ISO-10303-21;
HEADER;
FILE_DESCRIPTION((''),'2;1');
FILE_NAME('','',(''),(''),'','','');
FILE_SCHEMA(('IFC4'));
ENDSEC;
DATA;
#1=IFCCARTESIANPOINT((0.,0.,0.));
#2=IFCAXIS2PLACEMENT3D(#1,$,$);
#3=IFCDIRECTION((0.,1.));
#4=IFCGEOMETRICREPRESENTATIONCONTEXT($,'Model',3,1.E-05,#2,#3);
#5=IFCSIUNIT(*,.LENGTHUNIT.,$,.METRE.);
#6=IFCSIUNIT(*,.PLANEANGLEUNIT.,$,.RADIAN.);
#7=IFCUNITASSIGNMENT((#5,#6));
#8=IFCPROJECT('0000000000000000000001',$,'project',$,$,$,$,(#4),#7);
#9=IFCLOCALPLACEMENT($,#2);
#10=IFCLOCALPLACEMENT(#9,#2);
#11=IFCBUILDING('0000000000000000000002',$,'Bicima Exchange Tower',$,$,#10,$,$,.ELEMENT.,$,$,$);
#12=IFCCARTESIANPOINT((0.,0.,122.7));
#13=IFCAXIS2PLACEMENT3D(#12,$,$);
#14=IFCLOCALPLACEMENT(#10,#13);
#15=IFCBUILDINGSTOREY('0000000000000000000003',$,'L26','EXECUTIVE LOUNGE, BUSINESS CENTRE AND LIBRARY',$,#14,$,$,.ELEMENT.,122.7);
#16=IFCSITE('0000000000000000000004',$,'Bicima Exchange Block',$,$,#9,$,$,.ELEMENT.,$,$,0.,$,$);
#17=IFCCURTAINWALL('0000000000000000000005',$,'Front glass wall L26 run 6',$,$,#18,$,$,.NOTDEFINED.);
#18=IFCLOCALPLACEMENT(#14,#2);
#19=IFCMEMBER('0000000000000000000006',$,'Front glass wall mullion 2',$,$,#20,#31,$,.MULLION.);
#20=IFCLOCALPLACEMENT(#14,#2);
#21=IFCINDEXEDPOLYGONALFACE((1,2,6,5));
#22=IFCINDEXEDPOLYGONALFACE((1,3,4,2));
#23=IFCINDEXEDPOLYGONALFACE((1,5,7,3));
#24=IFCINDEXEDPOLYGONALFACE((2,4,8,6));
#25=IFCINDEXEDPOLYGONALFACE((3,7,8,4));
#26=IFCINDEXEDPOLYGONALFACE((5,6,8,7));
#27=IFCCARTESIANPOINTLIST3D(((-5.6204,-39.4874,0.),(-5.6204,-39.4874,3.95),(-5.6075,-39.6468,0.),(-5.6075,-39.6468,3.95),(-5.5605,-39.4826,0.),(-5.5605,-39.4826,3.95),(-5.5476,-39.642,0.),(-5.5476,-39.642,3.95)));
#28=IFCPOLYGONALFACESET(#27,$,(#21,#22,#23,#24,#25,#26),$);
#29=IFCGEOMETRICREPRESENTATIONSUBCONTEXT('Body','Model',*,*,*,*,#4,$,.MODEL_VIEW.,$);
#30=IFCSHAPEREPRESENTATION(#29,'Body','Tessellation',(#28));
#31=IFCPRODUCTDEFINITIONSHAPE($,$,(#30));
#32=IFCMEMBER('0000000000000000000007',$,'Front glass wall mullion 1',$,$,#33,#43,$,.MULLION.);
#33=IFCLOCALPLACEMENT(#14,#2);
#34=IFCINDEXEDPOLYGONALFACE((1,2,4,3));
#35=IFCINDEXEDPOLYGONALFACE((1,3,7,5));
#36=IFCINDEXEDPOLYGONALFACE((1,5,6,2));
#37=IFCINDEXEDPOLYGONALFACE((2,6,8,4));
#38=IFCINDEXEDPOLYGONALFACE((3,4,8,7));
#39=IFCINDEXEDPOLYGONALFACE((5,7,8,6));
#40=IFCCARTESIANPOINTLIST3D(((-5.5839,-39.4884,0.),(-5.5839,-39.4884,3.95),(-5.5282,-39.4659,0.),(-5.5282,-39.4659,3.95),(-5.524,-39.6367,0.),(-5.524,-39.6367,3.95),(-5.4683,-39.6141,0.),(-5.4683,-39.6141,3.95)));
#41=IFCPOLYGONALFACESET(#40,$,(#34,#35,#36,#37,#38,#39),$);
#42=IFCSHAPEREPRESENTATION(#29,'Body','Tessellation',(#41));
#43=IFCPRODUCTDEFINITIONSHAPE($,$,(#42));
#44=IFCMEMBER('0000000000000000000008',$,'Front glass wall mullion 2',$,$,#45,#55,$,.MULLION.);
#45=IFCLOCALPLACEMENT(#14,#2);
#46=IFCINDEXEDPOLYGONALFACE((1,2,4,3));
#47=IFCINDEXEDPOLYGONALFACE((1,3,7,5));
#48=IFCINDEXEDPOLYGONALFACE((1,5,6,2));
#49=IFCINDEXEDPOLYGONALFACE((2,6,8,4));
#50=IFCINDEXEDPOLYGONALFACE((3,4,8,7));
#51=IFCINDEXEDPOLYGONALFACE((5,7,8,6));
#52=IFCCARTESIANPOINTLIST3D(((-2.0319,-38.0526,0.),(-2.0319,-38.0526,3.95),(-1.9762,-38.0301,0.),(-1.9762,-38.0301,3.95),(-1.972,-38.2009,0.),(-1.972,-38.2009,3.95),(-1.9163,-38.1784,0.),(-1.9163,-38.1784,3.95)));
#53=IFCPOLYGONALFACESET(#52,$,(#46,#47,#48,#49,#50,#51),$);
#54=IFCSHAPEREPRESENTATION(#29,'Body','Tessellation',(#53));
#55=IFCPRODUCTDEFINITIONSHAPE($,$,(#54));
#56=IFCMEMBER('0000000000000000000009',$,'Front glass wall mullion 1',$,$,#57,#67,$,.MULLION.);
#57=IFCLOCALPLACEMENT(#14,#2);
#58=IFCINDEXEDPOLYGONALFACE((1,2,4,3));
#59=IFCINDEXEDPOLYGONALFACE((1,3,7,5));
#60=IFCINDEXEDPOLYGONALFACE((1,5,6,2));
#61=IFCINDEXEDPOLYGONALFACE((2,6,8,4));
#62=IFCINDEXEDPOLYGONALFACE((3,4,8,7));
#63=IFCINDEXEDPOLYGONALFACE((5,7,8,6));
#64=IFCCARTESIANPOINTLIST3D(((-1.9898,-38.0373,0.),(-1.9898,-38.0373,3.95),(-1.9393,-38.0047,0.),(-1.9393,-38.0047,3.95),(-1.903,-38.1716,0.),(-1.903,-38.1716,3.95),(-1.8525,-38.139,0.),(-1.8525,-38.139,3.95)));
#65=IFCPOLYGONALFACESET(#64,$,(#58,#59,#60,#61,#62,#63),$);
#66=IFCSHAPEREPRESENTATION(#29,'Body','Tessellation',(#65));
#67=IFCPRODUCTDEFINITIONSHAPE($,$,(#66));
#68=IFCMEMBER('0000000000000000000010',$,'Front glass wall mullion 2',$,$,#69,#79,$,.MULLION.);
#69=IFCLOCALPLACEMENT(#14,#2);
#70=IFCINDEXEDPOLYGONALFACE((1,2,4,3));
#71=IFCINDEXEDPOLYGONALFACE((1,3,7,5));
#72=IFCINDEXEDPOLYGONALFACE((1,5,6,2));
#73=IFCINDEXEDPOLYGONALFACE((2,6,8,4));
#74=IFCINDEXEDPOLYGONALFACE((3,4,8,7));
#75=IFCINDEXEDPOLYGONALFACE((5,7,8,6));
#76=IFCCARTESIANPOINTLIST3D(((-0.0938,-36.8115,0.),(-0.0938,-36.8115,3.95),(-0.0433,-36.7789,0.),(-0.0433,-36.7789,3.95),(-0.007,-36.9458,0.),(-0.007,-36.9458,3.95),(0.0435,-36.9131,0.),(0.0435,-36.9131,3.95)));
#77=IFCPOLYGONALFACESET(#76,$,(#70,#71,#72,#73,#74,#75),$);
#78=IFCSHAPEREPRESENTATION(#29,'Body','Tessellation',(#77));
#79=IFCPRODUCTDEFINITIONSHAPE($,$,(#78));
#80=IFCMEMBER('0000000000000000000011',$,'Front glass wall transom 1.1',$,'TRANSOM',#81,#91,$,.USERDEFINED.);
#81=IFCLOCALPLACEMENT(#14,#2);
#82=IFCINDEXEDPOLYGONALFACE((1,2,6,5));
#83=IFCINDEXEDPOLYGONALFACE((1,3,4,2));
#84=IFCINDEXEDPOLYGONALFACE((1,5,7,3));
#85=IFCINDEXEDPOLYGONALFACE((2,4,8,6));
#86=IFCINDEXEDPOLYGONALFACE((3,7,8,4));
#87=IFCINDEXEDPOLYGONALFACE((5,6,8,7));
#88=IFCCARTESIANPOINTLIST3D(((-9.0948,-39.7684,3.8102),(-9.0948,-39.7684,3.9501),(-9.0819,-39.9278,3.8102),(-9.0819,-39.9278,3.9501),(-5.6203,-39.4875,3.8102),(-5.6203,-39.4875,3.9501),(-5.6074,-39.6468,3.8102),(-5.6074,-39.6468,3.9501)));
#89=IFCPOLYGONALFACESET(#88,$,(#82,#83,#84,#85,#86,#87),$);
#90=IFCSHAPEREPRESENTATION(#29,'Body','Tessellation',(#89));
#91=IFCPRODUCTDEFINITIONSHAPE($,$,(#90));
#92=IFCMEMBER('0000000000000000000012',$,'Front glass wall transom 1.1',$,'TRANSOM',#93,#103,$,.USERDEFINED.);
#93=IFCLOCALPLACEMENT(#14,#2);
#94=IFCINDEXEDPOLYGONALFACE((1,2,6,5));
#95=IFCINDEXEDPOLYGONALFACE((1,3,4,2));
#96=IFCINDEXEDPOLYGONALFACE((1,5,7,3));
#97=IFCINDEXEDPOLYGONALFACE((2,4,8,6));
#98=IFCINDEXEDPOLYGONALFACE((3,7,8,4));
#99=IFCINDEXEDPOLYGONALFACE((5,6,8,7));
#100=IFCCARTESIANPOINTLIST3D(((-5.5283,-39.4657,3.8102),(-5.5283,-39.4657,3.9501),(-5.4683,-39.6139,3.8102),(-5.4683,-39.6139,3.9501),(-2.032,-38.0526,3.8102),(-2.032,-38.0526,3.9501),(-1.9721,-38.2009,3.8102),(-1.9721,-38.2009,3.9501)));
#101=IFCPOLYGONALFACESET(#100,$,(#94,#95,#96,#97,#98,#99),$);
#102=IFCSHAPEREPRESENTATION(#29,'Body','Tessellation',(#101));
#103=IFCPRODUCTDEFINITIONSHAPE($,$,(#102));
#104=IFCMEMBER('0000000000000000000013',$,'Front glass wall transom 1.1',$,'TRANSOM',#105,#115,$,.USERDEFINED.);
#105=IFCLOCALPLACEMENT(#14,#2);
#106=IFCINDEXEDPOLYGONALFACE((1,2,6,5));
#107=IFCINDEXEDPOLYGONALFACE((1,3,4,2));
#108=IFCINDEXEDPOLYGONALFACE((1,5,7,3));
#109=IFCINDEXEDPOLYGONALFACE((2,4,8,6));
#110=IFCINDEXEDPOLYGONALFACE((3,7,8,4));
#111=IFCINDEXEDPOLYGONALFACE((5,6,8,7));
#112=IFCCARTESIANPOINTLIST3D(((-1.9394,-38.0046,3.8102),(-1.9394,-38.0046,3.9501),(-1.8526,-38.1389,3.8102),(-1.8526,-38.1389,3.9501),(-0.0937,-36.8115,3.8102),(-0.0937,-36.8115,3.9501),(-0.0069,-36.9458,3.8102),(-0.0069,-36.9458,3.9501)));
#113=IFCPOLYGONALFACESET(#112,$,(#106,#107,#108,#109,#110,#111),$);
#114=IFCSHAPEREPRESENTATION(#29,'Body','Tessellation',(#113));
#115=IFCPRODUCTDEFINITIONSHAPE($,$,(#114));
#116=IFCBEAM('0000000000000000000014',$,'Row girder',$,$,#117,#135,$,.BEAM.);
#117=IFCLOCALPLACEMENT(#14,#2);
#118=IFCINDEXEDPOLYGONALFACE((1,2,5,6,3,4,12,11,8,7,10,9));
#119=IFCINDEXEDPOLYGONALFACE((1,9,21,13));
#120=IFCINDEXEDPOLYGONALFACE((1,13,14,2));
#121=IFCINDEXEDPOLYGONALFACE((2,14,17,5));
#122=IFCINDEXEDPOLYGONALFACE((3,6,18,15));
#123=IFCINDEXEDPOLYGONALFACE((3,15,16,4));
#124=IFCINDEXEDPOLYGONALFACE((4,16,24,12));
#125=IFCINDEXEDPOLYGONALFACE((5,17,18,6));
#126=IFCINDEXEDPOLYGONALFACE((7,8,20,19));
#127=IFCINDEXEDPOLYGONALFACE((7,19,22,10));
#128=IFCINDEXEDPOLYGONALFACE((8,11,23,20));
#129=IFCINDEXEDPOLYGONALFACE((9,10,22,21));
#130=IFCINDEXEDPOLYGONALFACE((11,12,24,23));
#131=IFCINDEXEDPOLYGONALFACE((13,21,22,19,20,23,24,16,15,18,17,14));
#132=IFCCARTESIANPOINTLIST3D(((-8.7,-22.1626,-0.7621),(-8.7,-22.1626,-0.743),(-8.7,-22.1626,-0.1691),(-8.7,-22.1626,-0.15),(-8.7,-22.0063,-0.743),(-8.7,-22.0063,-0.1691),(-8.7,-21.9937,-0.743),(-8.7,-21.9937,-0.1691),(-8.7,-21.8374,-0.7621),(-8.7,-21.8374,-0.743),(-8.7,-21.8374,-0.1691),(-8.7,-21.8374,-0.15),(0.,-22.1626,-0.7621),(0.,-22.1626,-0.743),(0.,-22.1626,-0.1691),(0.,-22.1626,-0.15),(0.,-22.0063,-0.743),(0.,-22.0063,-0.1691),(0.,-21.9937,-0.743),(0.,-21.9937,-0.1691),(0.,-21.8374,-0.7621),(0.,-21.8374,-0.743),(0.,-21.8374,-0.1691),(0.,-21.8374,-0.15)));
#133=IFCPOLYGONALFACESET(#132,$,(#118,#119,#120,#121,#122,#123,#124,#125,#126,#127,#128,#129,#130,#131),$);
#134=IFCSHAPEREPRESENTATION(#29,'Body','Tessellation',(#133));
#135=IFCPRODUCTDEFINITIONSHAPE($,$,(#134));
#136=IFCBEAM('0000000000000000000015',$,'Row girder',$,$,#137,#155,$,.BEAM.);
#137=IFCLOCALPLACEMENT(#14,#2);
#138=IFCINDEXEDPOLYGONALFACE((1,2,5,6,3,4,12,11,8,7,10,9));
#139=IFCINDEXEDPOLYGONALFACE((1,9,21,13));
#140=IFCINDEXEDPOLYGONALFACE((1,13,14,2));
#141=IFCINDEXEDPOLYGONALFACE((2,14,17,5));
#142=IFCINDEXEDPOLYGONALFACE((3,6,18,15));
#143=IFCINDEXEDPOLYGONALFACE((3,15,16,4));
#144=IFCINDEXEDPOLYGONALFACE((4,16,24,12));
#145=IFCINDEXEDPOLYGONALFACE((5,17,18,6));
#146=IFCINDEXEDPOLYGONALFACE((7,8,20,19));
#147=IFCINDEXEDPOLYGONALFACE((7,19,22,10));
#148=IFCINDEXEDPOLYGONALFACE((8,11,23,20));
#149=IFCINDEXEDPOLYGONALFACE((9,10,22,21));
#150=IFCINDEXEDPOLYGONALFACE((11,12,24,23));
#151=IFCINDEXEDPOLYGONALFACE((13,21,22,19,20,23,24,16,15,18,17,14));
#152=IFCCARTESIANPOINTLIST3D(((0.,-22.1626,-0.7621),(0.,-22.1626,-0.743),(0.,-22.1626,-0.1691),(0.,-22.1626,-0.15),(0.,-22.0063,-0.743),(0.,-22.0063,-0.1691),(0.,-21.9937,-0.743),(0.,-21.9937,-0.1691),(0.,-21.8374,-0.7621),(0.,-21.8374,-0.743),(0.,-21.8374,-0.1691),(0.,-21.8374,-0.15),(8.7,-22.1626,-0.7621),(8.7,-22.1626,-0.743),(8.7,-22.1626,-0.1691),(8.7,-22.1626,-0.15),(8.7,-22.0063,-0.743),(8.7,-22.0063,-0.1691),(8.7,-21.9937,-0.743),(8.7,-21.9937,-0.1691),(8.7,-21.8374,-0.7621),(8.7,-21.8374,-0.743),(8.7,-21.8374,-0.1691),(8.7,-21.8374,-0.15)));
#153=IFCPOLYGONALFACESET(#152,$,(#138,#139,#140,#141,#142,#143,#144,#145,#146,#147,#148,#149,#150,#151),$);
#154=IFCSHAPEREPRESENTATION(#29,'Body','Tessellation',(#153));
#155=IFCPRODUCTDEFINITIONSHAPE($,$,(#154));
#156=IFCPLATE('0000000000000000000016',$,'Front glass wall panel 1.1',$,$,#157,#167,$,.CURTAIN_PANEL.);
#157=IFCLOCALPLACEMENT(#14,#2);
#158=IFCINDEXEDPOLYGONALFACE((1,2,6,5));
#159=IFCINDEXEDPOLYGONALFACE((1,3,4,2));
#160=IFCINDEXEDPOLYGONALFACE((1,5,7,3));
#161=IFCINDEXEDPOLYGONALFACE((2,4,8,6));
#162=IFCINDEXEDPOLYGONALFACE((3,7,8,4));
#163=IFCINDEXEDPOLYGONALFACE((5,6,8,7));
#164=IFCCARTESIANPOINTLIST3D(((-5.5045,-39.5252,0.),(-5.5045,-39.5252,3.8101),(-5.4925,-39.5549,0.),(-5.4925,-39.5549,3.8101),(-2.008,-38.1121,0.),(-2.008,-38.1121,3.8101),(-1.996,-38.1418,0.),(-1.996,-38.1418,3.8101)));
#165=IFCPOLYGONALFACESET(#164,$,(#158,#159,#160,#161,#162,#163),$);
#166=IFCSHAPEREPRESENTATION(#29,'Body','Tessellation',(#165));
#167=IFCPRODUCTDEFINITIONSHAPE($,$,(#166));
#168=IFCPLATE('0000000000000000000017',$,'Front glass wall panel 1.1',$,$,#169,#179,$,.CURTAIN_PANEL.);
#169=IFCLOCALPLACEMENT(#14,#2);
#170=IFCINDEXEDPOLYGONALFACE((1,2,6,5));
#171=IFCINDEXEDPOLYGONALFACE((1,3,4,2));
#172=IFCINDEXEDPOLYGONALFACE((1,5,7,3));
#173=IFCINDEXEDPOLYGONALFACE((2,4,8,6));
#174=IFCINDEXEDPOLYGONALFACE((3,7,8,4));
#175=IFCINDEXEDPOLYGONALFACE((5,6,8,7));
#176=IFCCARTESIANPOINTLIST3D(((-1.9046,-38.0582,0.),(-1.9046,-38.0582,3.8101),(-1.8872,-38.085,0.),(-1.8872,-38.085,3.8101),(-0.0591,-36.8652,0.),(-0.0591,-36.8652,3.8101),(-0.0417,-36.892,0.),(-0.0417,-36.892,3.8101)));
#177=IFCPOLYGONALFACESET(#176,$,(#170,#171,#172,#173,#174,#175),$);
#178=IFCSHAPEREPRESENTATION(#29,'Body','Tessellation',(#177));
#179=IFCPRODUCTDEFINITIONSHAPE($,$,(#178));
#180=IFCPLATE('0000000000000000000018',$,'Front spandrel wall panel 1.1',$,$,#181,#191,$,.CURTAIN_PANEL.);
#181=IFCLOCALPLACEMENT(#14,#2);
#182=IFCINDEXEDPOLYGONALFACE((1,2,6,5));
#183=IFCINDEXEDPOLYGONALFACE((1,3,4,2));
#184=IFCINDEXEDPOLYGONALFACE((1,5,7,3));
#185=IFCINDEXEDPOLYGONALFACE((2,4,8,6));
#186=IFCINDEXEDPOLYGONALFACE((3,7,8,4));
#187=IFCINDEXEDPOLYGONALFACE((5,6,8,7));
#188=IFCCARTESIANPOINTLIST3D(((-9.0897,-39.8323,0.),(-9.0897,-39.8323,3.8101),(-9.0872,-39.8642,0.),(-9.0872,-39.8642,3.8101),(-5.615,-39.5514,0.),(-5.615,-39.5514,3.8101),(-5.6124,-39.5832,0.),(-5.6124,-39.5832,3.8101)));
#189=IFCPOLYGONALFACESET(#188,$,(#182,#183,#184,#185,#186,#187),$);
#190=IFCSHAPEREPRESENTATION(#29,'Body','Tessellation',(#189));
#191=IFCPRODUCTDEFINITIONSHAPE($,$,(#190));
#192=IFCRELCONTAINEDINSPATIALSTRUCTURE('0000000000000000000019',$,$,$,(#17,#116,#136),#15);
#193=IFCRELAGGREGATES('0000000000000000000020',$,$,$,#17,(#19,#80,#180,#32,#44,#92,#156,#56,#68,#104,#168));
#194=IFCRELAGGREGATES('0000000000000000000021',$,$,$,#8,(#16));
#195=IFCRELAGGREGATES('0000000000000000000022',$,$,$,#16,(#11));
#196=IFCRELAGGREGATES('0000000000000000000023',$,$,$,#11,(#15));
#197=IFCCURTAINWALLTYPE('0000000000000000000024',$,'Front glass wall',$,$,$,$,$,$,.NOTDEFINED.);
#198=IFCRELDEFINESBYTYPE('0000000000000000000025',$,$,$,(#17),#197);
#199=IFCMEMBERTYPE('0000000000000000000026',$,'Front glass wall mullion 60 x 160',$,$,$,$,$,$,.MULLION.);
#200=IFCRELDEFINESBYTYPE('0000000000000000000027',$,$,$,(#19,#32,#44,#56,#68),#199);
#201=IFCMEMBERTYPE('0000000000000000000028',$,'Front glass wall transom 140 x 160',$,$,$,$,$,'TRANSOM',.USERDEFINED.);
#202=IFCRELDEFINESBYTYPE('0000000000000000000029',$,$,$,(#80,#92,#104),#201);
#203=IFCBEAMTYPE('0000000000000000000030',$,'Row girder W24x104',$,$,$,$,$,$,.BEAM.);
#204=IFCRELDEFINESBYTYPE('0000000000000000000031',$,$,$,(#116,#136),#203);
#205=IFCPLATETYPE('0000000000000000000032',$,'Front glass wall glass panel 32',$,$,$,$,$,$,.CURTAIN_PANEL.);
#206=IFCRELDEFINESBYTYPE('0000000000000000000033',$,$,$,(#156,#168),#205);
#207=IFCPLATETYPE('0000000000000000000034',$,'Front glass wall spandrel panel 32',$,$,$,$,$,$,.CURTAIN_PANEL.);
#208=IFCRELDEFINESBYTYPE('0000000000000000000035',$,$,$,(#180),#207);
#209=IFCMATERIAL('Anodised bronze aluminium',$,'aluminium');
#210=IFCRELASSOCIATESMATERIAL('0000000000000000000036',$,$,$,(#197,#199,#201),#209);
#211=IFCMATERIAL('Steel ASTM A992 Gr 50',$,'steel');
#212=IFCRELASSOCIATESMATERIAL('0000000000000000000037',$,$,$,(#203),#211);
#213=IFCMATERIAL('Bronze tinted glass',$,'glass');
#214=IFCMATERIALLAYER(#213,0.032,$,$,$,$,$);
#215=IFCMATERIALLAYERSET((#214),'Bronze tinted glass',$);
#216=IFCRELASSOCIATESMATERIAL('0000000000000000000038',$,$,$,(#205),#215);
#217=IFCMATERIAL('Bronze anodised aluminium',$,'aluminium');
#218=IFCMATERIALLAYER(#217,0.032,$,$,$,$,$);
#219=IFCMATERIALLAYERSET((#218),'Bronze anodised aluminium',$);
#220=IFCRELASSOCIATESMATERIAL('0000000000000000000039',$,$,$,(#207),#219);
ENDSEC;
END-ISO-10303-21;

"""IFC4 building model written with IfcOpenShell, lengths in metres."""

from ifc_helpers import new_model, si_unit, direction, frame, origin, origin_2d, place, context, subcontext, project, spatial, rectangle, i_section, extrude, material, layer, layer_set, material_profile, profile_set, type_object, element, aggregate, save


model = new_model("IFC4")

# Units and contexts
model_context = context("Model", 3, precision=1e-05, world=origin(), true_north=direction((0.0, 1.0)))
body_context = subcontext(model_context, "Body", "Model", "MODEL_VIEW")
ifc_project = project(units=[si_unit("LENGTHUNIT", "METRE"), si_unit("PLANEANGLEUNIT", "RADIAN")], contexts=[model_context])

# Site, building, storey
site_placement = place(None, origin())
site = spatial("IfcSite", under=ifc_project, at=site_placement, Name="Bicima Exchange Block", CompositionType="ELEMENT", RefElevation=0.0)
building_placement = place(site_placement, origin())
building = spatial("IfcBuilding", under=site, at=building_placement, Name="Bicima Exchange Tower", CompositionType="ELEMENT")
storey_placement = place(building_placement, frame((0.0, 0.0, 122.7)))
storey = spatial("IfcBuildingStorey", under=building, at=storey_placement, Name="L26", Description="EXECUTIVE LOUNGE, BUSINESS CENTRE AND LIBRARY", CompositionType="ELEMENT", Elevation=122.7)

# Shared definitions
ifc_material_1 = material(Name="Steel ASTM A992 Gr 50", Category="steel")

# Curtain wall, members
ifc_material_2 = material(Name="Anodised bronze aluminium", Category="aluminium")
curtain_wall_type = type_object("IfcCurtainWallType", Name="Front glass wall", PredefinedType="NOTDEFINED", material=ifc_material_2)
curtain_wall_placement = place(storey_placement, origin())
curtain_wall = element("IfcCurtainWall", 1, at=curtain_wall_placement, inside=storey, type_object=curtain_wall_type, Name="Front glass wall L26 run 6", PredefinedType="NOTDEFINED")
ifc_material_profile_1 = material_profile(ifc_material_2, rectangle(XDim=0.1599, YDim=0.0601, at=origin_2d()))
ifc_profile_set_1 = profile_set([ifc_material_profile_1], Name="Anodised bronze aluminium")
member_type_1 = type_object("IfcMemberType", Name="Front glass wall mullion 60 x 160", PredefinedType="MULLION", material=ifc_profile_set_1)
member_1_placement = place(storey_placement, frame((-5.584, -39.5647, 0.0), z_axis=(0.0, 0.0, 1.0), x_axis=(-0.080589, 0.996747, 0.0)))
member_1 = element("IfcMember", 2, at=member_1_placement, type_object=member_type_1, Name="Front glass wall mullion 2", PredefinedType="MULLION", context=body_context, shape_type="SweptSolid", body=[
    extrude(rectangle(XDim=0.1599, YDim=0.0601, at=origin_2d()), origin(), (0.0, 0.0, 1.0), 3.95),
])
member_2_placement = place(storey_placement, frame((-5.5261, -39.5513, 0.0), z_axis=(0.0, 0.0, 1.0), x_axis=(-0.374705, 0.927144, 0.0)))
member_2 = element("IfcMember", 3, at=member_2_placement, type_object=member_type_1, Name="Front glass wall mullion 1", PredefinedType="MULLION", context=body_context, shape_type="SweptSolid", body=[
    extrude(rectangle(XDim=0.1599, YDim=0.0601, at=origin_2d()), origin(), (0.0, 0.0, 1.0), 3.95),
])
member_3_placement = place(storey_placement, frame((-1.9741, -38.1155, 0.0), z_axis=(0.0, 0.0, 1.0), x_axis=(-0.374705, 0.927144, 0.0)))
member_3 = element("IfcMember", 4, at=member_3_placement, type_object=member_type_1, Name="Front glass wall mullion 2", PredefinedType="MULLION", context=body_context, shape_type="SweptSolid", body=[
    extrude(rectangle(XDim=0.1599, YDim=0.0601, at=origin_2d()), origin(), (0.0, 0.0, 1.0), 3.95),
])
member_4_placement = place(storey_placement, frame((-1.9211, -38.0881, 0.0), z_axis=(0.0, 0.0, 1.0), x_axis=(-0.542897, 0.839799, 0.0)))
member_4 = element("IfcMember", 5, at=member_4_placement, type_object=member_type_1, Name="Front glass wall mullion 1", PredefinedType="MULLION", context=body_context, shape_type="SweptSolid", body=[
    extrude(rectangle(XDim=0.1599, YDim=0.0601, at=origin_2d()), origin(), (0.0, 0.0, 1.0), 3.95),
])
member_5_placement = place(storey_placement, frame((-0.0251, -36.8623, 0.0), z_axis=(0.0, 0.0, 1.0), x_axis=(-0.542897, 0.839799, 0.0)))
member_5 = element("IfcMember", 6, at=member_5_placement, type_object=member_type_1, Name="Front glass wall mullion 2", PredefinedType="MULLION", context=body_context, shape_type="SweptSolid", body=[
    extrude(rectangle(XDim=0.1599, YDim=0.0601, at=origin_2d()), origin(), (0.0, 0.0, 1.0), 3.95),
])
ifc_material_profile_2 = material_profile(ifc_material_2, rectangle(XDim=0.1599, YDim=0.1399, at=origin_2d()))
ifc_profile_set_2 = profile_set([ifc_material_profile_2], Name="Anodised bronze aluminium")
member_type_2 = type_object("IfcMemberType", Name="Front glass wall transom 140 x 160", ElementType="TRANSOM", PredefinedType="USERDEFINED", material=ifc_profile_set_2)
member_6_placement = place(storey_placement, frame((-9.0884, -39.8481, 3.8801), z_axis=(0.996746, 0.080611, 0.0), x_axis=(-0.080611, 0.996746, 0.0)))
member_6 = element("IfcMember", 7, at=member_6_placement, type_object=member_type_2, Name="Front glass wall transom 1.1", ObjectType="TRANSOM", PredefinedType="USERDEFINED", context=body_context, shape_type="SweptSolid", body=[
    extrude(rectangle(XDim=0.1599, YDim=0.1399, at=origin_2d()), origin(), (0.0, 0.0, 1.0), 3.4858),
])
member_7_placement = place(storey_placement, frame((-5.4983, -39.5398, 3.8801), z_axis=(0.92714, 0.374715, 0.0), x_axis=(-0.374715, 0.92714, 0.0)))
member_7 = element("IfcMember", 8, at=member_7_placement, type_object=member_type_2, Name="Front glass wall transom 1.1", ObjectType="TRANSOM", PredefinedType="USERDEFINED", context=body_context, shape_type="SweptSolid", body=[
    extrude(rectangle(XDim=0.1599, YDim=0.1399, at=origin_2d()), origin(), (0.0, 0.0, 1.0), 3.771),
])
member_8_placement = place(storey_placement, frame((-1.896, -38.0718, 3.8801), z_axis=(0.839811, 0.542878, 0.0), x_axis=(-0.542878, 0.839811, 0.0)))
member_8 = element("IfcMember", 9, at=member_8_placement, type_object=member_type_2, Name="Front glass wall transom 1.1", ObjectType="TRANSOM", PredefinedType="USERDEFINED", context=body_context, shape_type="SweptSolid", body=[
    extrude(rectangle(XDim=0.1599, YDim=0.1399, at=origin_2d()), origin(), (0.0, 0.0, 1.0), 2.1978),
])

# Beams
ifc_material_profile_3 = material_profile(ifc_material_1, i_section(OverallWidth=0.3252, OverallDepth=0.6121, WebThickness=0.0127, FlangeThickness=0.019, at=origin_2d()))
ifc_profile_set_3 = profile_set([ifc_material_profile_3], Name="Steel ASTM A992 Gr 50")
beam_type_1 = type_object("IfcBeamType", Name="Row girder W24x104", PredefinedType="BEAM", material=ifc_profile_set_3)
for number, where, z_axis, x_axis, name in (
    (10, (-8.7, -22.0, -0.4561), (1.0, 0.0, 0.0), (0.0, 1.0, 0.0), "Row girder"),
    (11, (0.0, -22.0, -0.4561), (1.0, 0.0, 0.0), (0.0, 1.0, 0.0), "Row girder"),
):
    element("IfcBeam", number, at=place(storey_placement, frame(where, z_axis=z_axis, x_axis=x_axis)), inside=storey, type_object=beam_type_1, Name=name, PredefinedType="BEAM", context=body_context, shape_type="SweptSolid", body=[
        extrude(i_section(OverallWidth=0.3252, OverallDepth=0.6121, WebThickness=0.0127, FlangeThickness=0.019, at=origin_2d()), origin(), (0.0, 0.0, 1.0), 8.7),
    ])

# Plates
ifc_material_3 = material(Name="Bronze tinted glass", Category="glass")
ifc_layer_1 = layer(ifc_material_3, 0.032)
ifc_layer_set_1 = layer_set([ifc_layer_1], Name="Bronze tinted glass")
plate_type_1 = type_object("IfcPlateType", Name="Front glass wall glass panel 32", PredefinedType="CURTAIN_PANEL", material=ifc_layer_set_1)
plate_1_placement = place(storey_placement, frame((-3.7502, -38.8335, 0.0), z_axis=(0.0, 0.0, 1.0), x_axis=(0.927144, 0.374705, 0.0)))
plate_1 = element("IfcPlate", 12, at=plate_1_placement, type_object=plate_type_1, Name="Front glass wall panel 1.1", PredefinedType="CURTAIN_PANEL", context=body_context, shape_type="SweptSolid", body=[
    extrude(rectangle(XDim=3.7712, YDim=0.032, at=origin_2d()), origin(), (0.0, 0.0, 1.0), 3.8101),
])
plate_2_placement = place(storey_placement, frame((-0.9731, -37.4751, 0.0), z_axis=(0.0, 0.0, 1.0), x_axis=(0.839799, 0.542897, 0.0)))
plate_2 = element("IfcPlate", 13, at=plate_2_placement, type_object=plate_type_1, Name="Front glass wall panel 1.1", PredefinedType="CURTAIN_PANEL", context=body_context, shape_type="SweptSolid", body=[
    extrude(rectangle(XDim=2.1975, YDim=0.032, at=origin_2d()), origin(), (0.0, 0.0, 1.0), 3.8101),
])
ifc_material_4 = material(Name="Bronze anodised aluminium", Category="aluminium")
ifc_layer_2 = layer(ifc_material_4, 0.032)
ifc_layer_set_2 = layer_set([ifc_layer_2], Name="Bronze anodised aluminium")
plate_type_2 = type_object("IfcPlateType", Name="Front glass wall spandrel panel 32", PredefinedType="CURTAIN_PANEL", material=ifc_layer_set_2)
plate_3_placement = place(storey_placement, frame((-7.3511, -39.7078, 0.0), z_axis=(0.0, 0.0, 1.0), x_axis=(0.996747, 0.080589, 0.0)))
plate_3 = element("IfcPlate", 14, at=plate_3_placement, type_object=plate_type_2, Name="Front spandrel wall panel 1.1", PredefinedType="CURTAIN_PANEL", context=body_context, shape_type="SweptSolid", body=[
    extrude(rectangle(XDim=3.4861, YDim=0.032, at=origin_2d()), origin(), (0.0, 0.0, 1.0), 3.8101),
])
aggregate(curtain_wall, [member_1, member_6, plate_3, member_2, member_3, member_7, plate_1, member_4, member_5, member_8, plate_2])

save(model, "model.ifc")
